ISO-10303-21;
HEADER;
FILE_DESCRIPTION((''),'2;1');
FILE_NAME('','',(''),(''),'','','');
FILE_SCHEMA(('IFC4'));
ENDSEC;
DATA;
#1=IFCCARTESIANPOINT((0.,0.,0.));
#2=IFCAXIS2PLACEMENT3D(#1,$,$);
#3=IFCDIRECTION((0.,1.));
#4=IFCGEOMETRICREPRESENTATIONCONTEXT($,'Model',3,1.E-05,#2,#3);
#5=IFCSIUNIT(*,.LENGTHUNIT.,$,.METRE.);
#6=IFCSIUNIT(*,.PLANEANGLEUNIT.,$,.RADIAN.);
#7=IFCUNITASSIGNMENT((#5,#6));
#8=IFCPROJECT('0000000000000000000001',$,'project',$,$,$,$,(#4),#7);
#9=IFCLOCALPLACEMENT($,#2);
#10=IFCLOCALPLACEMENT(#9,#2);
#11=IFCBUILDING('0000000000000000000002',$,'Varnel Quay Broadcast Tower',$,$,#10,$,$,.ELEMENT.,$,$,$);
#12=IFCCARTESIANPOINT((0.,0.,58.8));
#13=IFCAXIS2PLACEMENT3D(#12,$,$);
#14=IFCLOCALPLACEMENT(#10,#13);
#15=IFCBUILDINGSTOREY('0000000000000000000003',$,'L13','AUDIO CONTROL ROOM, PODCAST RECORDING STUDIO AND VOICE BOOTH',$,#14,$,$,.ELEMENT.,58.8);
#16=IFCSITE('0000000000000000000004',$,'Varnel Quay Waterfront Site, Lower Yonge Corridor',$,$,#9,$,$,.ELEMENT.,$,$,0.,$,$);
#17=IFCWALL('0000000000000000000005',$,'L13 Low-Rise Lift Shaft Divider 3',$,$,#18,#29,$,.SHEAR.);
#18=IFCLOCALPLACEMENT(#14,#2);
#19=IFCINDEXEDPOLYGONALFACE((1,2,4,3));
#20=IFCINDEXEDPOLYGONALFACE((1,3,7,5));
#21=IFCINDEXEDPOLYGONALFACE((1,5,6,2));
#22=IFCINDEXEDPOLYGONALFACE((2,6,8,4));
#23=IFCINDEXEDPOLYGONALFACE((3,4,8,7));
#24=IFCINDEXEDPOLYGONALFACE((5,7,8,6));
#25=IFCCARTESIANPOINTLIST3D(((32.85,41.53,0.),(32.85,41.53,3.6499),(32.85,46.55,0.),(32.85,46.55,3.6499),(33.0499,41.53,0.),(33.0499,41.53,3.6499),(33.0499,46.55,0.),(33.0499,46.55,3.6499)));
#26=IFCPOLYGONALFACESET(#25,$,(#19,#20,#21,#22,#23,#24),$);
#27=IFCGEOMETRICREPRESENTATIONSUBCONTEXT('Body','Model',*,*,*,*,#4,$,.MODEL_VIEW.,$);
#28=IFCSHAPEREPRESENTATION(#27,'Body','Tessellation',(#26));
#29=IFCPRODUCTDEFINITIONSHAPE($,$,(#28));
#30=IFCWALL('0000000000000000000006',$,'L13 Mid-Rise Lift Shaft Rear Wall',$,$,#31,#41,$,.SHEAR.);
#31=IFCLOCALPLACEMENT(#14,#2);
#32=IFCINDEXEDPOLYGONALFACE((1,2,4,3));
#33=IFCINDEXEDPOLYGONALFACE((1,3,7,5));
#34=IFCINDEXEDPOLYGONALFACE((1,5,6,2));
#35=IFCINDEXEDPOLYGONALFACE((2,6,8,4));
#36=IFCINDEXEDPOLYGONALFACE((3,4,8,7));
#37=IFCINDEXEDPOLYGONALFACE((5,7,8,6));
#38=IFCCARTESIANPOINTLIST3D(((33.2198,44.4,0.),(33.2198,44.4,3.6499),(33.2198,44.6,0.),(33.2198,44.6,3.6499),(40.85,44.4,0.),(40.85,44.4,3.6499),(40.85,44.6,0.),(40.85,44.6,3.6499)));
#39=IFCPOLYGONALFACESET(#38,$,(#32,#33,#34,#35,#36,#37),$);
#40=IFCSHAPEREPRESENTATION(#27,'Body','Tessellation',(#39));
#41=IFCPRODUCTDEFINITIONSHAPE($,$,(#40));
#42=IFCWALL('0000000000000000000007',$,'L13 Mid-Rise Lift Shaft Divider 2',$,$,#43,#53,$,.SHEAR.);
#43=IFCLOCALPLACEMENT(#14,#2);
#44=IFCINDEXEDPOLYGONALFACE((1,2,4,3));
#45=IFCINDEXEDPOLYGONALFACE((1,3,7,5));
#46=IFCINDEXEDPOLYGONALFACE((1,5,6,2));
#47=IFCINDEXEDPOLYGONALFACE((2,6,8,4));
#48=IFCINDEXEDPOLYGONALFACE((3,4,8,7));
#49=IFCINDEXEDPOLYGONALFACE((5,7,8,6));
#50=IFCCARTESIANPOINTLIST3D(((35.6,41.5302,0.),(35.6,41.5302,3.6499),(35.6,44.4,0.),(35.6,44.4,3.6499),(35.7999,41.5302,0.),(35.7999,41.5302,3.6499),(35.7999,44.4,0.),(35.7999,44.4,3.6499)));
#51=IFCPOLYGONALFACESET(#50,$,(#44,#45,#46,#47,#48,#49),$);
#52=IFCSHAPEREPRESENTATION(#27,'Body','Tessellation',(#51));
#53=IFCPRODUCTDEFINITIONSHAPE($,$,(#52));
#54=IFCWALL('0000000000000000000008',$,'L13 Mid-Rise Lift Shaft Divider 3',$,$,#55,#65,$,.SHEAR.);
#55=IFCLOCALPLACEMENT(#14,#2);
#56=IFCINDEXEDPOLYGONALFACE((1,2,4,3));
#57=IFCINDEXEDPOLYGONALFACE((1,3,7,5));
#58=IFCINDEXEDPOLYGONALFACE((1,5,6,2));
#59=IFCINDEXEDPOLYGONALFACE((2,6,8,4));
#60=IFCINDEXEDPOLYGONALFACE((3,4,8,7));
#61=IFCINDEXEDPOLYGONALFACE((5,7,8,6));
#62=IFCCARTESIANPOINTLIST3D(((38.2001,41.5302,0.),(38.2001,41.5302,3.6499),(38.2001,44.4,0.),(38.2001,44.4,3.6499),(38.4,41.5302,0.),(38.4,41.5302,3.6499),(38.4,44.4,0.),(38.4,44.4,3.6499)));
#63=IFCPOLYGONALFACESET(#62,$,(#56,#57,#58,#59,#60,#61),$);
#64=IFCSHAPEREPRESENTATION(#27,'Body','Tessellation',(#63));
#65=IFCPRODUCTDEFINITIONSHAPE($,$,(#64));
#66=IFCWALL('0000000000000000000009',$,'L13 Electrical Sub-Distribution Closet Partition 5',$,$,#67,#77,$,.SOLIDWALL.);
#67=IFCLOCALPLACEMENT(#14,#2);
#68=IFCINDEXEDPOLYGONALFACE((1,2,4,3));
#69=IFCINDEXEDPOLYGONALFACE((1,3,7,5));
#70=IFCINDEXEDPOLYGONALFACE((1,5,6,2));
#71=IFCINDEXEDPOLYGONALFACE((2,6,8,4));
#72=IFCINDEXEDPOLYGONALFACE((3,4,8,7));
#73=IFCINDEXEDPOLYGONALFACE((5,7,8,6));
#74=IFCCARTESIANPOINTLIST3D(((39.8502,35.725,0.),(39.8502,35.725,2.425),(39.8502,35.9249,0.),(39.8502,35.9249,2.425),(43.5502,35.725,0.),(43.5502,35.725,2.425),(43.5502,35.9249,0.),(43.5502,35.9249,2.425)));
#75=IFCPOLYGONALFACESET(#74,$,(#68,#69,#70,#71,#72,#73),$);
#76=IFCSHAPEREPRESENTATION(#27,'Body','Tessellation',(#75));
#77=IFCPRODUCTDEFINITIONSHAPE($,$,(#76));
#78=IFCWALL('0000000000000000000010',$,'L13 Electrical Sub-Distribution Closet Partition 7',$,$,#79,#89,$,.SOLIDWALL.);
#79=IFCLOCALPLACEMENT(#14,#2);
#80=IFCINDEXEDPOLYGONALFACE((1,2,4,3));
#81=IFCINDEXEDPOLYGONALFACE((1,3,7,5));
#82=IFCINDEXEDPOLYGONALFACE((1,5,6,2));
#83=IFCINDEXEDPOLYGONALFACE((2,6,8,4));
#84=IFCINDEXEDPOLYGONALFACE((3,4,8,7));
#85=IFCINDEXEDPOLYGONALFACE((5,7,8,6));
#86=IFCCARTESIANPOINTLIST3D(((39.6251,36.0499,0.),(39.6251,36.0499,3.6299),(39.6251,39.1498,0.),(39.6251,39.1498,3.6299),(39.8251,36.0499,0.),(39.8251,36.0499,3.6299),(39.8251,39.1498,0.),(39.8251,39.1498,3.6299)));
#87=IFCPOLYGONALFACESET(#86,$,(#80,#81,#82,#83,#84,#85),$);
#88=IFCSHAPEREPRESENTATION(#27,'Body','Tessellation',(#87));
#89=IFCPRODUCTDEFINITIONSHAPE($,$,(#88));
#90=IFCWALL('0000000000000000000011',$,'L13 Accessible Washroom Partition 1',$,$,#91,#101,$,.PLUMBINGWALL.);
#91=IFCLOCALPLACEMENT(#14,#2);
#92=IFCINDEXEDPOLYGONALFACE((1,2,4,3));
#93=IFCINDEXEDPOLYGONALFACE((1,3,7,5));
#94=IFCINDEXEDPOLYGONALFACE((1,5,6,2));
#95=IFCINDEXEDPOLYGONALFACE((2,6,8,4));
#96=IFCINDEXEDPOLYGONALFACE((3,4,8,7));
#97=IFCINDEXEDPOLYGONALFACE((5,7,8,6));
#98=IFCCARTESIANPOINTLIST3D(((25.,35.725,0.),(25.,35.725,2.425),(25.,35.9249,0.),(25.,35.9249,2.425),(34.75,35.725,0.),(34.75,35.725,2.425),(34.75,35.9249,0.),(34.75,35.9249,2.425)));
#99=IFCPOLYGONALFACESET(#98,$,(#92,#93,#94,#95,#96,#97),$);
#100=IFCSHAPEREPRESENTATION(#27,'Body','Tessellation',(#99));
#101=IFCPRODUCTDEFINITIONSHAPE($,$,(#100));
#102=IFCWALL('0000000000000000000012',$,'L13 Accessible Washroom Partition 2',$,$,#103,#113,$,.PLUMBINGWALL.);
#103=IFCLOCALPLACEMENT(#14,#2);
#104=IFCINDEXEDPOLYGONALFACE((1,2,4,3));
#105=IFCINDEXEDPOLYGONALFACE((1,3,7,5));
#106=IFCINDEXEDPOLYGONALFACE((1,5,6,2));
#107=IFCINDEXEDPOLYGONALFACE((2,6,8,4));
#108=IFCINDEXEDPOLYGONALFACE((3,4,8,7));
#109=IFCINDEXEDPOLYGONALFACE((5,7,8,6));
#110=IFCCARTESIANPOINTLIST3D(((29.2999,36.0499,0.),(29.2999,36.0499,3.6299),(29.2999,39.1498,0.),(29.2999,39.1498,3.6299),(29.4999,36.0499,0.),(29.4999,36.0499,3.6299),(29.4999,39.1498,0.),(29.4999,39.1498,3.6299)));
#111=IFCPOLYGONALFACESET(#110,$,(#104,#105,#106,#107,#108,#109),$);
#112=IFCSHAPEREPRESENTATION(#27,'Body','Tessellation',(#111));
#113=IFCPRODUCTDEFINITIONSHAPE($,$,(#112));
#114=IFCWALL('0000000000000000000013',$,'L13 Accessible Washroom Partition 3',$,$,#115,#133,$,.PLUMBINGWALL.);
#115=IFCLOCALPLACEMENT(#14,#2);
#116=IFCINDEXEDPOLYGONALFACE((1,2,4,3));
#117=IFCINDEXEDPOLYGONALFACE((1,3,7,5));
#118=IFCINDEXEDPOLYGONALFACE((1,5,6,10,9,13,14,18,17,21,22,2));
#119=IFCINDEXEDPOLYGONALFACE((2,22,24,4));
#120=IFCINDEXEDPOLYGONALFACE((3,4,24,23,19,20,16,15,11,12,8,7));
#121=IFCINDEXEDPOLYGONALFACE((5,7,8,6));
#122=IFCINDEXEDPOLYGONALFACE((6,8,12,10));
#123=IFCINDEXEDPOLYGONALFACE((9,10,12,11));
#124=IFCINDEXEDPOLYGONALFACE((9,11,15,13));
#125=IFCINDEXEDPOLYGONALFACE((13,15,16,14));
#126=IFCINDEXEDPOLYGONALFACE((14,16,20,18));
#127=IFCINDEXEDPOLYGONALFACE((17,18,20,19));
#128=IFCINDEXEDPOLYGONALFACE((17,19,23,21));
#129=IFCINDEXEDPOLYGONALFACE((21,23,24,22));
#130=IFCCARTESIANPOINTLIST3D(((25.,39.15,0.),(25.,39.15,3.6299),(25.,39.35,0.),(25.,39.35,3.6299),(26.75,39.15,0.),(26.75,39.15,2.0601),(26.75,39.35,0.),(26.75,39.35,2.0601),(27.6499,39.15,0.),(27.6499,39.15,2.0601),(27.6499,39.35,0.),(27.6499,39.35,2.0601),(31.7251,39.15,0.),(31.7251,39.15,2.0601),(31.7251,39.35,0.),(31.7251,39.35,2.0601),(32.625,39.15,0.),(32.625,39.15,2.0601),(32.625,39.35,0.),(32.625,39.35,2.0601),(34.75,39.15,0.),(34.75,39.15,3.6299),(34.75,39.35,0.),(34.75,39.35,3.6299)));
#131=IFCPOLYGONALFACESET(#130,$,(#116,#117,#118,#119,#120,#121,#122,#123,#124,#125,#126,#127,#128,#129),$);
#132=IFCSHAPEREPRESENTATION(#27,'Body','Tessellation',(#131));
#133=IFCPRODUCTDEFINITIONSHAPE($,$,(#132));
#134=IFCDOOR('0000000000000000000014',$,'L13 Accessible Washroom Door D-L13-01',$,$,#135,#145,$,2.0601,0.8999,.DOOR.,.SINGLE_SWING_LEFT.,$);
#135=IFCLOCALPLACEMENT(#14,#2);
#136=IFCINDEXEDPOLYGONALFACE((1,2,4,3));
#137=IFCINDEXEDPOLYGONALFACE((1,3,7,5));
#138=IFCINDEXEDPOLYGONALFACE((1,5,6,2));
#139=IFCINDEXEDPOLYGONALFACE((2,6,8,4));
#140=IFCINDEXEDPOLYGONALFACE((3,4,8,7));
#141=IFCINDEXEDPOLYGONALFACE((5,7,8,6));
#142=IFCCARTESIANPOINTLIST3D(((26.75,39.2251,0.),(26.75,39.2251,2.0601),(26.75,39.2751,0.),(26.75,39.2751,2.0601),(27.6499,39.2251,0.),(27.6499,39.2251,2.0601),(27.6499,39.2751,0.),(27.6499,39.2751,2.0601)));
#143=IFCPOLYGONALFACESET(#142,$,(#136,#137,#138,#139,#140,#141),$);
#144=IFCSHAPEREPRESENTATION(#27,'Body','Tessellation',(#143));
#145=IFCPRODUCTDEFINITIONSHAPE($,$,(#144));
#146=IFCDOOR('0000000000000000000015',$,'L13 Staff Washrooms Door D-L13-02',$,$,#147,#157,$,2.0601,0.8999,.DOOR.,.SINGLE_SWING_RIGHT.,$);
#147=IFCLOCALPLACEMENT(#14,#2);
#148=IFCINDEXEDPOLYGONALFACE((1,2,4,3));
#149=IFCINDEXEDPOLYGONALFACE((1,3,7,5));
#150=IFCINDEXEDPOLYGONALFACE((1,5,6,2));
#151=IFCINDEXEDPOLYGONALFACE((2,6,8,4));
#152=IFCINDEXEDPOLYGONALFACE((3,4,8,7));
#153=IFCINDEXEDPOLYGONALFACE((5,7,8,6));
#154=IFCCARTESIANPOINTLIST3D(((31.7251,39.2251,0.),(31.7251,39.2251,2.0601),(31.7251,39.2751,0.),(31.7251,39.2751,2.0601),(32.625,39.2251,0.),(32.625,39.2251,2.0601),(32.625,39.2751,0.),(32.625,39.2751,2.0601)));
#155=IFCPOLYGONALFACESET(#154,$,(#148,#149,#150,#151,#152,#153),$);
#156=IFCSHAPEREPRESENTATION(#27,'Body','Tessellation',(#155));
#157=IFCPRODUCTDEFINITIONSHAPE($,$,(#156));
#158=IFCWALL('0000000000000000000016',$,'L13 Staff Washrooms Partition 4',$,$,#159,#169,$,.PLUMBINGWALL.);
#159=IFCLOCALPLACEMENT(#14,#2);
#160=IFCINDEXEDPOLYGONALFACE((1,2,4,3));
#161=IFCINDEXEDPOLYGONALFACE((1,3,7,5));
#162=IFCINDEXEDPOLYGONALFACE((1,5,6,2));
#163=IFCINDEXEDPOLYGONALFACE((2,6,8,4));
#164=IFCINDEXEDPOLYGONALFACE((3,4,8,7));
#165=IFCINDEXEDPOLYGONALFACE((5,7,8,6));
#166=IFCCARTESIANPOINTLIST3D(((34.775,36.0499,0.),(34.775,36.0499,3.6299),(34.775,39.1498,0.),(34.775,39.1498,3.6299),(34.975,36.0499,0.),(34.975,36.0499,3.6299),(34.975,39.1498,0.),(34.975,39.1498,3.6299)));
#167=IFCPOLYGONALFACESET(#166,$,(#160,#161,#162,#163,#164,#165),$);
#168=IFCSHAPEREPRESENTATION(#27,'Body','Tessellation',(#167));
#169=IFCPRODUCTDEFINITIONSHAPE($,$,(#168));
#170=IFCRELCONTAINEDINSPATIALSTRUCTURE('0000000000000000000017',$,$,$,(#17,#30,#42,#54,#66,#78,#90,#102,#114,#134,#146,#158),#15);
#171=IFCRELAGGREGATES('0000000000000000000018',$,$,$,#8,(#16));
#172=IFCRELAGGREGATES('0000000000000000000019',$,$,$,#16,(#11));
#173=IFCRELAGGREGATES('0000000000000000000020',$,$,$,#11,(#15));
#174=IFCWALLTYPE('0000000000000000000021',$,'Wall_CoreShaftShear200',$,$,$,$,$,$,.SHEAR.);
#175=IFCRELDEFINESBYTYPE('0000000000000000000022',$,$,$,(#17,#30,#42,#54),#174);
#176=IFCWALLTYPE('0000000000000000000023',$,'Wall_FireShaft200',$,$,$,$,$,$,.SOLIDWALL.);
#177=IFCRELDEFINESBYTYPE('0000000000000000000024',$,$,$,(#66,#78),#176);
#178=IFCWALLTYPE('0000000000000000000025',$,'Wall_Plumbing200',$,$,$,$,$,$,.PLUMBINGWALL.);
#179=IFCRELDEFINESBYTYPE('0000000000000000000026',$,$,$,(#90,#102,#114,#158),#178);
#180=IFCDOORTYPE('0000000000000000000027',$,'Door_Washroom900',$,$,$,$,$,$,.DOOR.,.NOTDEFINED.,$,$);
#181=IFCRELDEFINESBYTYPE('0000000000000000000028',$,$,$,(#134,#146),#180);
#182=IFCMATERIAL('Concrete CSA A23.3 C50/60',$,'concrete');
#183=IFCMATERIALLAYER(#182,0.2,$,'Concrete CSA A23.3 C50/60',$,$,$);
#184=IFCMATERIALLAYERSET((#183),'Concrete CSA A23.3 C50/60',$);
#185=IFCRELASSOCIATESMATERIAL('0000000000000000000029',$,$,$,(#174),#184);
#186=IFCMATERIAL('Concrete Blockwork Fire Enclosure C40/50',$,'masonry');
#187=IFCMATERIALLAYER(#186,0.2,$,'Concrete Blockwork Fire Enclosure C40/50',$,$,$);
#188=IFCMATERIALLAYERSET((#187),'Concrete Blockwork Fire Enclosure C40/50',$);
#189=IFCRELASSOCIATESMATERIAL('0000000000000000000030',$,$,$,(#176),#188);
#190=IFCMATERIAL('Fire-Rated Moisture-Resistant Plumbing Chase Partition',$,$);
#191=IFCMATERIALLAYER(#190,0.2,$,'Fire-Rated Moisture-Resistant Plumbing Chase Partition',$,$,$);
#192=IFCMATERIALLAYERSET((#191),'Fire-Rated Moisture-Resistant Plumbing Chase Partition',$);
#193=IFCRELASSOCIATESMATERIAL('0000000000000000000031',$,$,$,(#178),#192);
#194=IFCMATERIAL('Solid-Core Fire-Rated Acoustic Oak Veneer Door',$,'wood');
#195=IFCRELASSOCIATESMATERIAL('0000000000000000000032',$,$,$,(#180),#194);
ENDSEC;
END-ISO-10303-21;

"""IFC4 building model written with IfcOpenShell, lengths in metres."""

from ifc_helpers import new_model, si_unit, direction, frame, frame_2d, origin, place, context, subcontext, project, spatial, rectangle, extrude, source, transform, mapped, material, layer, layer_set, type_object, type_shapes, element, fill, save


model = new_model("IFC4")

# Units and contexts
model_context = context("Model", 3, precision=1e-05, world=origin(), true_north=direction((0.0, 1.0)))
body_context = subcontext(model_context, "Body", "Model", "MODEL_VIEW")
ifc_project = project(units=[si_unit("LENGTHUNIT", "METRE"), si_unit("PLANEANGLEUNIT", "RADIAN")], contexts=[model_context])

# Site, building, storey
site_placement = place(None, origin())
site = spatial("IfcSite", under=ifc_project, at=site_placement, Name="Varnel Quay Waterfront Site, Lower Yonge Corridor", CompositionType="ELEMENT", RefElevation=0.0)
building_placement = place(site_placement, origin())
building = spatial("IfcBuilding", under=site, at=building_placement, Name="Varnel Quay Broadcast Tower", CompositionType="ELEMENT")
storey_placement = place(building_placement, frame((0.0, 0.0, 58.8)))
storey = spatial("IfcBuildingStorey", under=building, at=storey_placement, Name="L13", Description="AUDIO CONTROL ROOM, PODCAST RECORDING STUDIO AND VOICE BOOTH", CompositionType="ELEMENT", Elevation=58.8)

# Walls
ifc_material_1 = material(Name="Concrete CSA A23.3 C50/60", Category="concrete")
ifc_layer_1 = layer(ifc_material_1, 0.2, Name="Concrete CSA A23.3 C50/60")
ifc_layer_set_1 = layer_set([ifc_layer_1], Name="Concrete CSA A23.3 C50/60")
wall_type_1 = type_object("IfcWallType", Name="Wall_CoreShaftShear200", PredefinedType="SHEAR", material=ifc_layer_set_1)
wall_1_placement = place(storey_placement, frame((32.95, 41.53, 0.0), z_axis=(0.0, 0.0, 1.0), x_axis=(0.0, 1.0, 0.0)))
element("IfcWall", 1, at=wall_1_placement, inside=storey, type_object=wall_type_1, Name="L13 Low-Rise Lift Shaft Divider 3", PredefinedType="SHEAR", context=body_context, shape_type="SweptSolid", body=[
    extrude(rectangle(XDim=5.02, YDim=0.2, at=frame_2d((2.51, 0.0))), origin(), (0.0, 0.0, 1.0), 3.6499),
])
wall_2_placement = place(storey_placement, frame((33.22, 44.5, 0.0), z_axis=(0.0, 0.0, 1.0), x_axis=(1.0, 0.0, 0.0)))
element("IfcWall", 2, at=wall_2_placement, inside=storey, type_object=wall_type_1, Name="L13 Mid-Rise Lift Shaft Rear Wall", PredefinedType="SHEAR", context=body_context, shape_type="SweptSolid", body=[
    extrude(rectangle(XDim=7.6301, YDim=0.2, at=frame_2d((3.8149, 0.0))), origin(), (0.0, 0.0, 1.0), 3.6499),
])
for number, where, z_axis, x_axis, name in (
    (3, (35.7, 41.53, 0.0), (0.0, 0.0, 1.0), (0.0, 1.0, 0.0), "L13 Mid-Rise Lift Shaft Divider 2"),
    (4, (38.3, 41.53, 0.0), (0.0, 0.0, 1.0), (0.0, 1.0, 0.0), "L13 Mid-Rise Lift Shaft Divider 3"),
):
    element("IfcWall", number, at=place(storey_placement, frame(where, z_axis=z_axis, x_axis=x_axis)), inside=storey, type_object=wall_type_1, Name=name, PredefinedType="SHEAR", context=body_context, shape_type="SweptSolid", body=[
        extrude(rectangle(XDim=2.8699, YDim=0.2, at=frame_2d((1.4351, 0.0))), origin(), (0.0, 0.0, 1.0), 3.6499),
    ])
ifc_material_2 = material(Name="Concrete Blockwork Fire Enclosure C40/50", Category="masonry")
ifc_layer_2 = layer(ifc_material_2, 0.2, Name="Concrete Blockwork Fire Enclosure C40/50")
ifc_layer_set_2 = layer_set([ifc_layer_2], Name="Concrete Blockwork Fire Enclosure C40/50")
wall_type_2 = type_object("IfcWallType", Name="Wall_FireShaft200", PredefinedType="SOLIDWALL", material=ifc_layer_set_2)
wall_3_placement = place(storey_placement, frame((39.8501, 35.825, 0.0), z_axis=(0.0, 0.0, 1.0), x_axis=(1.0, 0.0, 0.0)))
element("IfcWall", 5, at=wall_3_placement, inside=storey, type_object=wall_type_2, Name="L13 Electrical Sub-Distribution Closet Partition 5", PredefinedType="SOLIDWALL", context=body_context, shape_type="SweptSolid", body=[
    extrude(rectangle(XDim=3.7, YDim=0.2, at=frame_2d((1.8501, 0.0))), origin(), (0.0, 0.0, 1.0), 2.425),
])
wall_4_placement = place(storey_placement, frame((39.7251, 36.05, 0.0), z_axis=(0.0, 0.0, 1.0), x_axis=(0.0, 1.0, 0.0)))
element("IfcWall", 6, at=wall_4_placement, inside=storey, type_object=wall_type_2, Name="L13 Electrical Sub-Distribution Closet Partition 7", PredefinedType="SOLIDWALL", context=body_context, shape_type="SweptSolid", body=[
    extrude(rectangle(XDim=3.0999, YDim=0.2, at=frame_2d((1.5498, 0.0))), origin(), (0.0, 0.0, 1.0), 3.6299),
])
ifc_material_3 = material(Name="Fire-Rated Moisture-Resistant Plumbing Chase Partition")
ifc_layer_3 = layer(ifc_material_3, 0.2, Name="Fire-Rated Moisture-Resistant Plumbing Chase Partition")
ifc_layer_set_3 = layer_set([ifc_layer_3], Name="Fire-Rated Moisture-Resistant Plumbing Chase Partition")
wall_type_3 = type_object("IfcWallType", Name="Wall_Plumbing200", PredefinedType="PLUMBINGWALL", material=ifc_layer_set_3)
wall_5_placement = place(storey_placement, frame((25.0, 35.825, 0.0), z_axis=(0.0, 0.0, 1.0), x_axis=(1.0, 0.0, 0.0)))
element("IfcWall", 7, at=wall_5_placement, inside=storey, type_object=wall_type_3, Name="L13 Accessible Washroom Partition 1", PredefinedType="PLUMBINGWALL", context=body_context, shape_type="SweptSolid", body=[
    extrude(rectangle(XDim=9.75, YDim=0.2, at=frame_2d((4.875, 0.0))), origin(), (0.0, 0.0, 1.0), 2.425),
])
wall_6_placement = place(storey_placement, frame((29.3999, 36.05, 0.0), z_axis=(0.0, 0.0, 1.0), x_axis=(0.0, 1.0, 0.0)))
element("IfcWall", 8, at=wall_6_placement, inside=storey, type_object=wall_type_3, Name="L13 Accessible Washroom Partition 2", PredefinedType="PLUMBINGWALL", context=body_context, shape_type="SweptSolid", body=[
    extrude(rectangle(XDim=3.0999, YDim=0.2, at=frame_2d((1.5498, 0.0))), origin(), (0.0, 0.0, 1.0), 3.6299),
])

# Wall, openings, doors
wall_7_placement = place(storey_placement, frame((25.0, 39.25, 0.0), z_axis=(0.0, 0.0, 1.0), x_axis=(1.0, 0.0, 0.0)))
wall_7 = element("IfcWall", 9, at=wall_7_placement, inside=storey, type_object=wall_type_3, Name="L13 Accessible Washroom Partition 3", PredefinedType="PLUMBINGWALL", context=body_context, shape_type="SweptSolid", body=[
    extrude(rectangle(XDim=9.75, YDim=0.2, at=frame_2d((4.875, 0.0))), origin(), (0.0, 0.0, 1.0), 3.6299),
])
opening_1_placement = place(wall_7_placement, frame((1.75, 0.0, 0.0)))
opening_1 = element("IfcOpeningElement", 10, at=opening_1_placement, cuts=wall_7, PredefinedType="OPENING", context=body_context, shape_type="SweptSolid", body=[
    extrude(rectangle(XDim=0.8999, YDim=2.0601, at=frame_2d((0.45, 1.03))), frame((0.0, 0.1099, 0.0), z_axis=(0.0, -1.0, 0.0), x_axis=(1.0, 0.0, 0.0)), (0.0, 0.0, 1.0), 0.22),
])
opening_2_placement = place(wall_7_placement, frame((6.7251, 0.0, 0.0)))
opening_2 = element("IfcOpeningElement", 11, at=opening_2_placement, cuts=wall_7, PredefinedType="OPENING", context=body_context, shape_type="SweptSolid", body=[
    extrude(rectangle(XDim=0.8999, YDim=2.0601, at=frame_2d((0.45, 1.03))), frame((0.0, 0.1099, 0.0), z_axis=(0.0, -1.0, 0.0), x_axis=(1.0, 0.0, 0.0)), (0.0, 0.0, 1.0), 0.22),
])
ifc_material_4 = material(Name="Solid-Core Fire-Rated Acoustic Oak Veneer Door", Category="wood")
door_type = type_object("IfcDoorType", Name="Door_Washroom900", OperationType="NOTDEFINED", PredefinedType="DOOR", material=ifc_material_4)
shared_shape_1 = source(origin(), body_context, "Body", "SweptSolid", [
    extrude(rectangle(XDim=0.8999, YDim=2.0601, at=frame_2d((0.45, 1.03))), frame((0.0, 0.0249, 0.0), z_axis=(0.0, -1.0, 0.0), x_axis=(1.0, 0.0, 0.0)), (0.0, 0.0, 1.0), 0.05),
])
type_shapes(door_type, [shared_shape_1])
door_1_placement = place(opening_1_placement, frame((0.8999, 0.0, 0.0), z_axis=(0.0, 0.0, 1.0), x_axis=(-1.0, 0.0, 0.0)))
door_1 = element("IfcDoor", 12, at=door_1_placement, inside=storey, type_object=door_type, Name="L13 Accessible Washroom Door D-L13-01", OperationType="SINGLE_SWING_LEFT", OverallHeight=2.0601, OverallWidth=0.8999, PredefinedType="DOOR", context=body_context, shape_type="MappedRepresentation", body=[
    mapped(shared_shape_1, transform((0.0, 0.0, 0.0), x_axis=(1.0, 0.0, 0.0), y_axis=(0.0, 1.0, 0.0), z_axis=(0.0, 0.0, 1.0), scale=1.0)),
])
fill(opening_1, door_1)
door_2_placement = place(opening_2_placement, frame((0.8999, 0.0, 0.0), z_axis=(0.0, 0.0, 1.0), x_axis=(-1.0, 0.0, 0.0)))
door_2 = element("IfcDoor", 13, at=door_2_placement, inside=storey, type_object=door_type, Name="L13 Staff Washrooms Door D-L13-02", OperationType="SINGLE_SWING_RIGHT", OverallHeight=2.0601, OverallWidth=0.8999, PredefinedType="DOOR", context=body_context, shape_type="MappedRepresentation", body=[
    mapped(shared_shape_1, transform((0.0, 0.0, 0.0), x_axis=(1.0, 0.0, 0.0), y_axis=(0.0, 1.0, 0.0), z_axis=(0.0, 0.0, 1.0), scale=1.0)),
])
fill(opening_2, door_2)

# Wall
wall_8_placement = place(storey_placement, frame((34.875, 36.05, 0.0), z_axis=(0.0, 0.0, 1.0), x_axis=(0.0, 1.0, 0.0)))
element("IfcWall", 14, at=wall_8_placement, inside=storey, type_object=wall_type_3, Name="L13 Staff Washrooms Partition 4", PredefinedType="PLUMBINGWALL", context=body_context, shape_type="SweptSolid", body=[
    extrude(rectangle(XDim=3.0999, YDim=0.2, at=frame_2d((1.5498, 0.0))), origin(), (0.0, 0.0, 1.0), 3.6299),
])

save(model, "model.ifc")
